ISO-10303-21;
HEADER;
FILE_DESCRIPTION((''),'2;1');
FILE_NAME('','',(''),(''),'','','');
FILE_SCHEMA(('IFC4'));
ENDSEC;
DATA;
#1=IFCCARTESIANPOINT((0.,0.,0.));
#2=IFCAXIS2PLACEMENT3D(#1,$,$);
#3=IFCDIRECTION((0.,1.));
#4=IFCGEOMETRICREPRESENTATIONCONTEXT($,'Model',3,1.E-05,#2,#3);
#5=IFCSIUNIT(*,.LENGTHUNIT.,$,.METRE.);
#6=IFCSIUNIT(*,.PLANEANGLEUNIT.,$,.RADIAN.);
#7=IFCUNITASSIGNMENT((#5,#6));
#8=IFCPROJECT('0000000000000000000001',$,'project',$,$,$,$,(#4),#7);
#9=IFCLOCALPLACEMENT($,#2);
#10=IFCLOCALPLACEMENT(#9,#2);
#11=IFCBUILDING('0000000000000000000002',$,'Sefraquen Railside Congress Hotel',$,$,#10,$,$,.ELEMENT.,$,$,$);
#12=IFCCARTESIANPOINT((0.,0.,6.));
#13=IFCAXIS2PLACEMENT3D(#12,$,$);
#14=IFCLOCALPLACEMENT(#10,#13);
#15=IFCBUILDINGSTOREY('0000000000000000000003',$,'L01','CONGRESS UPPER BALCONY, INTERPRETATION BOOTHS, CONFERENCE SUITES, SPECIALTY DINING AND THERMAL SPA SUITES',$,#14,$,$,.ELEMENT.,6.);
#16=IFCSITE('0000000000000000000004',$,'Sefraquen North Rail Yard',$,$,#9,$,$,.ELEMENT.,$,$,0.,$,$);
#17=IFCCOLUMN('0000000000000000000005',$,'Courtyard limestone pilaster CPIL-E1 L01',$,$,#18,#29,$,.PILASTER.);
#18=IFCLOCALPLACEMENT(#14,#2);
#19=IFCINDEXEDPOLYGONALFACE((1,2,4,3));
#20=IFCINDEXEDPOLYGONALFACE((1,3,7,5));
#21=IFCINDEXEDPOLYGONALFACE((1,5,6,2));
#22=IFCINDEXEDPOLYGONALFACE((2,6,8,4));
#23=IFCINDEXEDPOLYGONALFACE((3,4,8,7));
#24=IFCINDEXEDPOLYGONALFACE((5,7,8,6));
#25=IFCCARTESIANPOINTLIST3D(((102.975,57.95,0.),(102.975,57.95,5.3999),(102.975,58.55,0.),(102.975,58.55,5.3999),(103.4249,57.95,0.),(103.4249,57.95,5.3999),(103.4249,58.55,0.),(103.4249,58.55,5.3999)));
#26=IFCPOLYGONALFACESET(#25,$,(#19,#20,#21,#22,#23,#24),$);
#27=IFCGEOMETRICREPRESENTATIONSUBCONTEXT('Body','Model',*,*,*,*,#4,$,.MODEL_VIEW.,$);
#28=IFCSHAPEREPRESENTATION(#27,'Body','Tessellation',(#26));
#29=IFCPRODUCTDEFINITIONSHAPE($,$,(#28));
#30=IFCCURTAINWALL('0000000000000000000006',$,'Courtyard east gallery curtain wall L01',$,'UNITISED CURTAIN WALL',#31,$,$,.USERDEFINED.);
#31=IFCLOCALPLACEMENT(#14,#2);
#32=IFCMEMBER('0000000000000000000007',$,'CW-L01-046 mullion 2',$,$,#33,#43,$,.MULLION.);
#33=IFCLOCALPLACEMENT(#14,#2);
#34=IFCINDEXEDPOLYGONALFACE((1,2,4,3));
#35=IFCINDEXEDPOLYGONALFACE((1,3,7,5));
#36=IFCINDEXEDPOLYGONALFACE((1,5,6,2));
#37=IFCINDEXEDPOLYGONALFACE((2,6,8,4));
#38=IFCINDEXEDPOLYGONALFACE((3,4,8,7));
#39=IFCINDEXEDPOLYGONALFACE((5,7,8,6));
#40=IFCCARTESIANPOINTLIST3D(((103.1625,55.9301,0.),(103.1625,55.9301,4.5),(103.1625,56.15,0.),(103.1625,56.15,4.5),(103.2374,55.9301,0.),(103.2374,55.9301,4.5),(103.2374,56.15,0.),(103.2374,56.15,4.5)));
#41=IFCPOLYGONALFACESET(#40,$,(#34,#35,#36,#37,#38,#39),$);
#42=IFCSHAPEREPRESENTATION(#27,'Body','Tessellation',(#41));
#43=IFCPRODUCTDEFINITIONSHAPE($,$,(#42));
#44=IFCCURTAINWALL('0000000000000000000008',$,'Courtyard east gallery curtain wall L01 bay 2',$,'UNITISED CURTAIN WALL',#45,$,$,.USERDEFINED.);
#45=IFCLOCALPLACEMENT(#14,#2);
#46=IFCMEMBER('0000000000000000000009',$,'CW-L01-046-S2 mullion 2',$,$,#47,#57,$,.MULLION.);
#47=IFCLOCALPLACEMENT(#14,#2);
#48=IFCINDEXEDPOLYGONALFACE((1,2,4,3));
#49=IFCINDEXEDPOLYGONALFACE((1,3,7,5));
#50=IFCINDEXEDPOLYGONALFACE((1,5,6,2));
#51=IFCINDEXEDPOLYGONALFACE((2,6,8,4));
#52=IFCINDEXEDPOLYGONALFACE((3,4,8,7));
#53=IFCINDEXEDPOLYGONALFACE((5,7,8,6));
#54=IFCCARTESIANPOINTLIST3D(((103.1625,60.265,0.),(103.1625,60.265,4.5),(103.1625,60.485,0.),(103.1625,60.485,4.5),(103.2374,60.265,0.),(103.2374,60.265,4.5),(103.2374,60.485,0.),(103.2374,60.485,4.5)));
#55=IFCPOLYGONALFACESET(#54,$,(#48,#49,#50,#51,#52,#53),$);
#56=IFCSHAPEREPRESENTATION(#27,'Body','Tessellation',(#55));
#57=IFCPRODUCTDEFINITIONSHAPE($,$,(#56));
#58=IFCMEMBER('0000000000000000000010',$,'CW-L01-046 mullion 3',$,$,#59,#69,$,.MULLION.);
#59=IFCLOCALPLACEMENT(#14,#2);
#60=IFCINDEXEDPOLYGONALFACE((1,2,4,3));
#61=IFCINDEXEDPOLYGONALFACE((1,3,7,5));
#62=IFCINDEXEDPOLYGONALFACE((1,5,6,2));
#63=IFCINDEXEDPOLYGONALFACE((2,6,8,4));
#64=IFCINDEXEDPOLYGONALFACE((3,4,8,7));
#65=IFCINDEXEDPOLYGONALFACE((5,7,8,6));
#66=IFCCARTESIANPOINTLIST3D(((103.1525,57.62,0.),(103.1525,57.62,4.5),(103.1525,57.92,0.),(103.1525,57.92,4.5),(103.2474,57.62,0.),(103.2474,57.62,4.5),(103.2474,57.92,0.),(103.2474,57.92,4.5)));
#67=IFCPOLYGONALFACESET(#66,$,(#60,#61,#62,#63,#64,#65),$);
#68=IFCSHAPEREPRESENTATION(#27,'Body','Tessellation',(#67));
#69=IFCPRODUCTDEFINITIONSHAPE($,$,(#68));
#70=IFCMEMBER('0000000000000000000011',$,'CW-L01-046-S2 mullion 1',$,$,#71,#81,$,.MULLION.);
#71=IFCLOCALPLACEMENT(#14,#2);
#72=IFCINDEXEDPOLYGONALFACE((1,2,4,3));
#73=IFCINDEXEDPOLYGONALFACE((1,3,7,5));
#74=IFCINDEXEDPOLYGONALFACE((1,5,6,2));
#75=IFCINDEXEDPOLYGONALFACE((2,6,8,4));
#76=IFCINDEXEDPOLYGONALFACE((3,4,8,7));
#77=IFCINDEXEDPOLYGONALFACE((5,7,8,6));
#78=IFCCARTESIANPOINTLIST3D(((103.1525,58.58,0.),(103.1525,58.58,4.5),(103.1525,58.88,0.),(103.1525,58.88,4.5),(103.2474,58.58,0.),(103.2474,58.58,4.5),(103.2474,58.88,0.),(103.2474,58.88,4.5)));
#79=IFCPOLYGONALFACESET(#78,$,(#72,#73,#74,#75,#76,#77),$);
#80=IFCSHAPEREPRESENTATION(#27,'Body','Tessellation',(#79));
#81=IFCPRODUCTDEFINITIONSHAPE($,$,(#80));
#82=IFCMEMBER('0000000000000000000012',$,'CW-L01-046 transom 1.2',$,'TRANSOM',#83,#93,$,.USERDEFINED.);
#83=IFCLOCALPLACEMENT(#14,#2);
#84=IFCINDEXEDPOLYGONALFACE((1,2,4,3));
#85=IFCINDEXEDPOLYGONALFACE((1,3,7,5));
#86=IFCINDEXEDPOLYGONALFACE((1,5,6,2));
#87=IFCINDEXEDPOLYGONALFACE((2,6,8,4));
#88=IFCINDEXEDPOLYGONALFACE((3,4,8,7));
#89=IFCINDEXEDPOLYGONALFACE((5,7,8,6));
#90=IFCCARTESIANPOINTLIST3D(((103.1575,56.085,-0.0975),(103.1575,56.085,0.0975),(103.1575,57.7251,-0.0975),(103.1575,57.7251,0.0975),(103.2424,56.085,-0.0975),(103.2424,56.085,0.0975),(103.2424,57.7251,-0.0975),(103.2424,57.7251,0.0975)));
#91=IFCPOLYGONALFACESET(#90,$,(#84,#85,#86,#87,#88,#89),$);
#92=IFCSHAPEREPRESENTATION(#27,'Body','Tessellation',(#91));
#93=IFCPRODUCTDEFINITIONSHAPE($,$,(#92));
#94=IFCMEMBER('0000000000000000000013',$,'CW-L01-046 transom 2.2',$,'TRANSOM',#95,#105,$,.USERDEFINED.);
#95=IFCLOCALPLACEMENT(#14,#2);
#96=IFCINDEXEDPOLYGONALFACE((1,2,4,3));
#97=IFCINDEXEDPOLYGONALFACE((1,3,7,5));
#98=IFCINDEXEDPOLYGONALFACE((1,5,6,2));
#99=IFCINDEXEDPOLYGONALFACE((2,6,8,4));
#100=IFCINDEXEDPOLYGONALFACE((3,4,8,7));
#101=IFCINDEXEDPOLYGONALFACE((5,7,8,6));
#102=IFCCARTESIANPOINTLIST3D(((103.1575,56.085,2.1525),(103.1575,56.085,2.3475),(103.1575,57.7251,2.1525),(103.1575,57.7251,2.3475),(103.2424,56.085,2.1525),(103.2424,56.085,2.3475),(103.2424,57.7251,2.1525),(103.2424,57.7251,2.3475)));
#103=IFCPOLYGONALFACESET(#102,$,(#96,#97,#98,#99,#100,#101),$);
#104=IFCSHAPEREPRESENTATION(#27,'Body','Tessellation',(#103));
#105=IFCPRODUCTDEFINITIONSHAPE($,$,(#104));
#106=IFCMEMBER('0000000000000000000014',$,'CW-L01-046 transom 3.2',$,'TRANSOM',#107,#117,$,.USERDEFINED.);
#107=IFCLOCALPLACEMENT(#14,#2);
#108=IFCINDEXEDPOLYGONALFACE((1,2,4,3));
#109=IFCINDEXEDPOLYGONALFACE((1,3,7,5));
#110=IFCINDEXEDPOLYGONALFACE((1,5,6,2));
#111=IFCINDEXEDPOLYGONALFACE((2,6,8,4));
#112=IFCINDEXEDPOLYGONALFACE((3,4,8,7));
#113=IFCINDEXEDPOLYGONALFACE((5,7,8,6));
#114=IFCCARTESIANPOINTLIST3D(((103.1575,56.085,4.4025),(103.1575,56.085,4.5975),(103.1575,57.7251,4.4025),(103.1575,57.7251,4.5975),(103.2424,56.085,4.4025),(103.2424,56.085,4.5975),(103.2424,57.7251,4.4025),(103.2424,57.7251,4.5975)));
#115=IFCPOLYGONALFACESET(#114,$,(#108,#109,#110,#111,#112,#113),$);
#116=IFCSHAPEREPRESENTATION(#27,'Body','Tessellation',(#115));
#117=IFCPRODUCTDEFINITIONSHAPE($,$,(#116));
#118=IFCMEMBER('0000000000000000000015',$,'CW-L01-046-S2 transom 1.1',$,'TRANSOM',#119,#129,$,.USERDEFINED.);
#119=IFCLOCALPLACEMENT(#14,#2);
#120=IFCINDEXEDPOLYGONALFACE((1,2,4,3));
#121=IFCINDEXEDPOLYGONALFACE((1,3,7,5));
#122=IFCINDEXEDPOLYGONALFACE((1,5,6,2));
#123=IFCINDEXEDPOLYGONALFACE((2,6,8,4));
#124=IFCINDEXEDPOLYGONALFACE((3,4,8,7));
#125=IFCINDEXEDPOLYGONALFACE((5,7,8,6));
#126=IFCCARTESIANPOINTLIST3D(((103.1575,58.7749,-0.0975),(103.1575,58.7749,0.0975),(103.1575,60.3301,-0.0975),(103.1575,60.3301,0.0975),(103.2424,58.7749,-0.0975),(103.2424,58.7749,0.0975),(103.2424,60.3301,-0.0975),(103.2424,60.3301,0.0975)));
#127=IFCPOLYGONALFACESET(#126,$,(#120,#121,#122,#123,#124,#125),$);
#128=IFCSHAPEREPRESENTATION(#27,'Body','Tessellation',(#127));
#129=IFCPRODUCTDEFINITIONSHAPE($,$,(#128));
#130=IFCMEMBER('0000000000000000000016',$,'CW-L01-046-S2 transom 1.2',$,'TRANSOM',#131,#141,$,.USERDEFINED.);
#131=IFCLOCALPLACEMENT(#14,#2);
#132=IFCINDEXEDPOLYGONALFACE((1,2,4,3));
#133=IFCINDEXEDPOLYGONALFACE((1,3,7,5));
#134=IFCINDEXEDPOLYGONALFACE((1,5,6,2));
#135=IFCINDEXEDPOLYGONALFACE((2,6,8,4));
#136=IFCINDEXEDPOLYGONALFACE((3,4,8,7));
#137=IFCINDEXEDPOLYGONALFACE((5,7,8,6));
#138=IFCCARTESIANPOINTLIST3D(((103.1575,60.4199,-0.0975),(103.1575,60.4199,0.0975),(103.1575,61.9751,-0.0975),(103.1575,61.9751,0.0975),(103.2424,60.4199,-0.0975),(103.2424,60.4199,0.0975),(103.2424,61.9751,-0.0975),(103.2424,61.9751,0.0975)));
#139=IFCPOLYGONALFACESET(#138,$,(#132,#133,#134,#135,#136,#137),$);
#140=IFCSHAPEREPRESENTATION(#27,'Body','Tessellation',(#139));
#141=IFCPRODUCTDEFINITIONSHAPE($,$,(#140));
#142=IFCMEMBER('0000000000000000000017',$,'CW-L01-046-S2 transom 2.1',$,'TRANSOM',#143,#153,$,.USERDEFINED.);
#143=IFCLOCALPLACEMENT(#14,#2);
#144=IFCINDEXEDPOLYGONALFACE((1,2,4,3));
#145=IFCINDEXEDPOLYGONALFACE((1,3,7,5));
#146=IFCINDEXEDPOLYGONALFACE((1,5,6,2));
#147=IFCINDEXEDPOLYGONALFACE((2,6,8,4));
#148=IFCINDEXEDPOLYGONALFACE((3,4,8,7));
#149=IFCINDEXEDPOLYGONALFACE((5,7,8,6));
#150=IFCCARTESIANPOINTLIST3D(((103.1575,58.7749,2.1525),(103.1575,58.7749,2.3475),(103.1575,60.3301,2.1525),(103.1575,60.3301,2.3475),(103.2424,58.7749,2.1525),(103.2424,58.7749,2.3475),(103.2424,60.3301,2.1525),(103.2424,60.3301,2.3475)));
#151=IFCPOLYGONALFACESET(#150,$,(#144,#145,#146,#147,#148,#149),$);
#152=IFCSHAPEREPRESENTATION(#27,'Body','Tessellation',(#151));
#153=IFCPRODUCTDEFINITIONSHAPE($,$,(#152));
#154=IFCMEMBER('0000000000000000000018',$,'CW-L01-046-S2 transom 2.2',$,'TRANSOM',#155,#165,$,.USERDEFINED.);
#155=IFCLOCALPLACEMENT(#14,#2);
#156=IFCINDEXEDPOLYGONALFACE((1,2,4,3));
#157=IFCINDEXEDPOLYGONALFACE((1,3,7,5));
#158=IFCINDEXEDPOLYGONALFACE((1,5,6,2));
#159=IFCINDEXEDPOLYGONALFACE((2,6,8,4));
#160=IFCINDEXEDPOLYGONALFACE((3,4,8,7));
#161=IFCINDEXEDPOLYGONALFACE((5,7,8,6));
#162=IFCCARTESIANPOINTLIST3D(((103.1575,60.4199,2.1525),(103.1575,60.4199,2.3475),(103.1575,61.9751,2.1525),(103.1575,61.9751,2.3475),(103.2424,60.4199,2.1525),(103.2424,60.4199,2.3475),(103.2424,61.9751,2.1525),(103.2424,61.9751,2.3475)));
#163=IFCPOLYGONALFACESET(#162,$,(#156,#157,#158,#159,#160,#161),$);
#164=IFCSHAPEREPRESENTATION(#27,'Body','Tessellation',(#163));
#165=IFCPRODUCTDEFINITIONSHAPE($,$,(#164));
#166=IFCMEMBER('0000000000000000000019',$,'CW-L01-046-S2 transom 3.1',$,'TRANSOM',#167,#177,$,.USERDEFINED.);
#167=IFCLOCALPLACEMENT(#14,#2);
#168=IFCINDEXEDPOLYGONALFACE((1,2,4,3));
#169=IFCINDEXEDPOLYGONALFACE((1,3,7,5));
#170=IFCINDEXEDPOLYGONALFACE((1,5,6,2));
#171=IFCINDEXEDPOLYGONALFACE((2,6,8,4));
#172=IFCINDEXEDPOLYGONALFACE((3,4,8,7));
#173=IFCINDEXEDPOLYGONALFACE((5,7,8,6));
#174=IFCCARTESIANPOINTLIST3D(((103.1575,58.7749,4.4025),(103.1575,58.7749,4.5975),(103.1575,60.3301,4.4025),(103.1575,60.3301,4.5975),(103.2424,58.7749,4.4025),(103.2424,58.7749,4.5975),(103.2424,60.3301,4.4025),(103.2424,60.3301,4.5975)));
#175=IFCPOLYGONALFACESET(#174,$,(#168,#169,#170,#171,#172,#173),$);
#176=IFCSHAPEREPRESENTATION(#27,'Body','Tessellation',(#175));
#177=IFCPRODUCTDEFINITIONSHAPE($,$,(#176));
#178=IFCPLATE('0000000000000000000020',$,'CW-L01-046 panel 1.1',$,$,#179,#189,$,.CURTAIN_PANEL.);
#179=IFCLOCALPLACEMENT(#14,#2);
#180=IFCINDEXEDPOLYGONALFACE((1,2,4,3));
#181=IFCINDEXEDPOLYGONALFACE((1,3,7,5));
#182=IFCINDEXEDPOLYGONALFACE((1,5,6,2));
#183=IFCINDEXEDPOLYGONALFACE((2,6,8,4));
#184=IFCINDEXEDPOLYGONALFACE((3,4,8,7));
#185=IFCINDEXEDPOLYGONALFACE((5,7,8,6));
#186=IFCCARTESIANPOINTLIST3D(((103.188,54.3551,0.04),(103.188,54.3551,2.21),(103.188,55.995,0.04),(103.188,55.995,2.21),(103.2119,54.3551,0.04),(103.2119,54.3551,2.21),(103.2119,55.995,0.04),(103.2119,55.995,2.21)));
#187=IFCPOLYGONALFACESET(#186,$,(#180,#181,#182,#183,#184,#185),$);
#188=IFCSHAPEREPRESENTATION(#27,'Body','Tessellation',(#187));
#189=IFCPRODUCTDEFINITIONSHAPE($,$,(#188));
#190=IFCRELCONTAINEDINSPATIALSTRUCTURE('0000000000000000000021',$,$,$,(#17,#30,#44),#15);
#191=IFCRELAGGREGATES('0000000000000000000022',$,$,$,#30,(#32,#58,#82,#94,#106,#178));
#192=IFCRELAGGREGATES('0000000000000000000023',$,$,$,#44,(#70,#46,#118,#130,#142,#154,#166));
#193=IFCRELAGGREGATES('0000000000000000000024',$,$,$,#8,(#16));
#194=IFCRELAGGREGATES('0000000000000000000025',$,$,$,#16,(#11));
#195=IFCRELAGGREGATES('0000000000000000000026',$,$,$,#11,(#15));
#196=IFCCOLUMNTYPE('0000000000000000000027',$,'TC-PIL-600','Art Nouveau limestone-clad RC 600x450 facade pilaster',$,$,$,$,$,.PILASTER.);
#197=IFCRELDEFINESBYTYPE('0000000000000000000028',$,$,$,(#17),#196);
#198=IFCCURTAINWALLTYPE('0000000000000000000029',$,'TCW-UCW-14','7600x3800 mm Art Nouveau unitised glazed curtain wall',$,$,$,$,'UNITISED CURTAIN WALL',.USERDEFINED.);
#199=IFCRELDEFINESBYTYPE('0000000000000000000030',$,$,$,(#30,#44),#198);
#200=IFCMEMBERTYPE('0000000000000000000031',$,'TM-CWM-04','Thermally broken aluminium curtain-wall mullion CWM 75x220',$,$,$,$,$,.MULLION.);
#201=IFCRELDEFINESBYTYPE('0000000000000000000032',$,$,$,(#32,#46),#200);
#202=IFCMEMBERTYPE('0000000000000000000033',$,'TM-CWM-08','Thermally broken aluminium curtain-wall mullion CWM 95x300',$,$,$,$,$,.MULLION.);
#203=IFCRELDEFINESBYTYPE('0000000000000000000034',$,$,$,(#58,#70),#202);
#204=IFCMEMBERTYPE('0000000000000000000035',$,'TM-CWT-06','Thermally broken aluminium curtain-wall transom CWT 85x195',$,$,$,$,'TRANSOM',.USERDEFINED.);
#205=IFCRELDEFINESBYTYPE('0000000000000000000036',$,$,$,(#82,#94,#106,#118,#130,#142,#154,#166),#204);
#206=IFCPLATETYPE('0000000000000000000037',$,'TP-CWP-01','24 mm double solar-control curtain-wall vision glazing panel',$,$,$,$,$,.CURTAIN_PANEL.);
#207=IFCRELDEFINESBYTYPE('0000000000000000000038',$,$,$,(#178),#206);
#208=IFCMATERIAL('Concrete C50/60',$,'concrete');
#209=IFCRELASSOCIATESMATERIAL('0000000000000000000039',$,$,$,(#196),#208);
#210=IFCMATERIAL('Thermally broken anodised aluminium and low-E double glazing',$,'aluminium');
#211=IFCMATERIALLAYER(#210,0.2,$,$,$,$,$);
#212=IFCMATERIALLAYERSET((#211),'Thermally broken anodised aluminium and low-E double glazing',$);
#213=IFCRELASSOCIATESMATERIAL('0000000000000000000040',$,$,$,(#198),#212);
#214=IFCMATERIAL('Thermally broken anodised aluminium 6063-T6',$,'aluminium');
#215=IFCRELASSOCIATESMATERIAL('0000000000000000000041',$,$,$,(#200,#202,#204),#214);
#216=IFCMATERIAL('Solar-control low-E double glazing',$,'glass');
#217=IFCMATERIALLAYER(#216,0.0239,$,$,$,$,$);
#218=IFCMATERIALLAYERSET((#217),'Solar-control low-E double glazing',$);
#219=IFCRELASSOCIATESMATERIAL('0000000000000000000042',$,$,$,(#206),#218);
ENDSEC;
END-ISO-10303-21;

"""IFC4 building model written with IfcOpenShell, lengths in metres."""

from ifc_helpers import new_model, si_unit, direction, frame, origin, origin_2d, place, context, subcontext, project, spatial, rectangle, extrude, material, layer, layer_set, material_profile, profile_set, type_object, element, aggregate, save


model = new_model("IFC4")

# Units and contexts
model_context = context("Model", 3, precision=1e-05, world=origin(), true_north=direction((0.0, 1.0)))
body_context = subcontext(model_context, "Body", "Model", "MODEL_VIEW")
ifc_project = project(units=[si_unit("LENGTHUNIT", "METRE"), si_unit("PLANEANGLEUNIT", "RADIAN")], contexts=[model_context])

# Site, building, storey
site_placement = place(None, origin())
site = spatial("IfcSite", under=ifc_project, at=site_placement, Name="Sefraquen North Rail Yard", CompositionType="ELEMENT", RefElevation=0.0)
building_placement = place(site_placement, origin())
building = spatial("IfcBuilding", under=site, at=building_placement, Name="Sefraquen Railside Congress Hotel", CompositionType="ELEMENT")
storey_placement = place(building_placement, frame((0.0, 0.0, 6.0)))
storey = spatial("IfcBuildingStorey", under=building, at=storey_placement, Name="L01", Description="CONGRESS UPPER BALCONY, INTERPRETATION BOOTHS, CONFERENCE SUITES, SPECIALTY DINING AND THERMAL SPA SUITES", CompositionType="ELEMENT", Elevation=6.0)

# Column
ifc_material_1 = material(Name="Concrete C50/60", Category="concrete")
ifc_material_profile_1 = material_profile(ifc_material_1, rectangle(XDim=0.45, YDim=0.6001, at=origin_2d()), Name="RC 600x450")
ifc_profile_set_1 = profile_set([ifc_material_profile_1], Name="Concrete C50/60")
column_type = type_object("IfcColumnType", Name="TC-PIL-600", Description="Art Nouveau limestone-clad RC 600x450 facade pilaster", PredefinedType="PILASTER", material=ifc_profile_set_1)
column_placement = place(storey_placement, frame((103.2, 58.25, 0.0), z_axis=(0.0, 0.0, 1.0), x_axis=(1.0, 0.0, 0.0)))
element("IfcColumn", 1, at=column_placement, inside=storey, type_object=column_type, Name="Courtyard limestone pilaster CPIL-E1 L01", PredefinedType="PILASTER", context=body_context, shape_type="SweptSolid", body=[
    extrude(rectangle(XDim=0.45, YDim=0.6001, at=origin_2d()), origin(), (0.0, 0.0, 1.0), 5.3999),
])

# Curtain walls, members
ifc_material_2 = material(Name="Thermally broken anodised aluminium and low-E double glazing", Category="aluminium")
ifc_layer_1 = layer(ifc_material_2, 0.2)
ifc_layer_set_1 = layer_set([ifc_layer_1], Name="Thermally broken anodised aluminium and low-E double glazing")
curtain_wall_type = type_object("IfcCurtainWallType", Name="TCW-UCW-14", Description="7600x3800 mm Art Nouveau unitised glazed curtain wall", ElementType="UNITISED CURTAIN WALL", PredefinedType="USERDEFINED", material=ifc_layer_set_1)
curtain_wall_1_placement = place(storey_placement, origin())
curtain_wall_1 = element("IfcCurtainWall", 2, at=curtain_wall_1_placement, inside=storey, type_object=curtain_wall_type, Name="Courtyard east gallery curtain wall L01", ObjectType="UNITISED CURTAIN WALL", PredefinedType="USERDEFINED")
ifc_material_3 = material(Name="Thermally broken anodised aluminium 6063-T6", Category="aluminium")
ifc_material_profile_2 = material_profile(ifc_material_3, rectangle(XDim=0.075, YDim=0.22, at=origin_2d()), Name="CWM 75x220")
ifc_profile_set_2 = profile_set([ifc_material_profile_2], Name="Thermally broken anodised aluminium 6063-T6")
member_type_1 = type_object("IfcMemberType", Name="TM-CWM-04", Description="Thermally broken aluminium curtain-wall mullion CWM 75x220", PredefinedType="MULLION", material=ifc_profile_set_2)
member_1_placement = place(storey_placement, frame((103.2, 56.04, 0.0), z_axis=(0.0, 0.0, 1.0), x_axis=(1.0, 0.0, 0.0)))
member_1 = element("IfcMember", 3, at=member_1_placement, type_object=member_type_1, Name="CW-L01-046 mullion 2", PredefinedType="MULLION", context=body_context, shape_type="SweptSolid", body=[
    extrude(rectangle(XDim=0.075, YDim=0.22, at=origin_2d()), origin(), (0.0, 0.0, 1.0), 4.5),
])
curtain_wall_2_placement = place(storey_placement, origin())
curtain_wall_2 = element("IfcCurtainWall", 4, at=curtain_wall_2_placement, inside=storey, type_object=curtain_wall_type, Name="Courtyard east gallery curtain wall L01 bay 2", ObjectType="UNITISED CURTAIN WALL", PredefinedType="USERDEFINED")
member_2_placement = place(storey_placement, frame((103.2, 60.375, 0.0), z_axis=(0.0, 0.0, 1.0), x_axis=(1.0, 0.0, 0.0)))
member_2 = element("IfcMember", 5, at=member_2_placement, type_object=member_type_1, Name="CW-L01-046-S2 mullion 2", PredefinedType="MULLION", context=body_context, shape_type="SweptSolid", body=[
    extrude(rectangle(XDim=0.075, YDim=0.22, at=origin_2d()), origin(), (0.0, 0.0, 1.0), 4.5),
])

# Members
ifc_material_profile_3 = material_profile(ifc_material_3, rectangle(XDim=0.095, YDim=0.3, at=origin_2d()), Name="CWM 95x300")
ifc_profile_set_3 = profile_set([ifc_material_profile_3], Name="Thermally broken anodised aluminium 6063-T6")
member_type_2 = type_object("IfcMemberType", Name="TM-CWM-08", Description="Thermally broken aluminium curtain-wall mullion CWM 95x300", PredefinedType="MULLION", material=ifc_profile_set_3)
member_3_placement = place(storey_placement, frame((103.2, 57.77, 0.0), z_axis=(0.0, 0.0, 1.0), x_axis=(1.0, 0.0, 0.0)))
member_3 = element("IfcMember", 6, at=member_3_placement, type_object=member_type_2, Name="CW-L01-046 mullion 3", PredefinedType="MULLION", context=body_context, shape_type="SweptSolid", body=[
    extrude(rectangle(XDim=0.095, YDim=0.3, at=origin_2d()), origin(), (0.0, 0.0, 1.0), 4.5),
])
member_4_placement = place(storey_placement, frame((103.2, 58.73, 0.0), z_axis=(0.0, 0.0, 1.0), x_axis=(1.0, 0.0, 0.0)))
member_4 = element("IfcMember", 7, at=member_4_placement, type_object=member_type_2, Name="CW-L01-046-S2 mullion 1", PredefinedType="MULLION", context=body_context, shape_type="SweptSolid", body=[
    extrude(rectangle(XDim=0.095, YDim=0.3, at=origin_2d()), origin(), (0.0, 0.0, 1.0), 4.5),
])
ifc_material_profile_4 = material_profile(ifc_material_3, rectangle(XDim=0.085, YDim=0.1951, at=origin_2d()), Name="CWT 85x195")
ifc_profile_set_4 = profile_set([ifc_material_profile_4], Name="Thermally broken anodised aluminium 6063-T6")
member_type_3 = type_object("IfcMemberType", Name="TM-CWT-06", Description="Thermally broken aluminium curtain-wall transom CWT 85x195", ElementType="TRANSOM", PredefinedType="USERDEFINED", material=ifc_profile_set_4)
member_5_placement = place(storey_placement, frame((103.2, 56.085, 0.0), z_axis=(0.0, 1.0, 0.0), x_axis=(-1.0, 0.0, 0.0)))
member_5 = element("IfcMember", 8, at=member_5_placement, type_object=member_type_3, Name="CW-L01-046 transom 1.2", ObjectType="TRANSOM", PredefinedType="USERDEFINED", context=body_context, shape_type="SweptSolid", body=[
    extrude(rectangle(XDim=0.085, YDim=0.1951, at=origin_2d()), origin(), (0.0, 0.0, 1.0), 1.6401),
])
member_6_placement = place(storey_placement, frame((103.2, 56.085, 2.25), z_axis=(0.0, 1.0, 0.0), x_axis=(-1.0, 0.0, 0.0)))
member_6 = element("IfcMember", 9, at=member_6_placement, type_object=member_type_3, Name="CW-L01-046 transom 2.2", ObjectType="TRANSOM", PredefinedType="USERDEFINED", context=body_context, shape_type="SweptSolid", body=[
    extrude(rectangle(XDim=0.085, YDim=0.1951, at=origin_2d()), origin(), (0.0, 0.0, 1.0), 1.6401),
])
member_7_placement = place(storey_placement, frame((103.2, 56.085, 4.5), z_axis=(0.0, 1.0, 0.0), x_axis=(-1.0, 0.0, 0.0)))
member_7 = element("IfcMember", 10, at=member_7_placement, type_object=member_type_3, Name="CW-L01-046 transom 3.2", ObjectType="TRANSOM", PredefinedType="USERDEFINED", context=body_context, shape_type="SweptSolid", body=[
    extrude(rectangle(XDim=0.085, YDim=0.1951, at=origin_2d()), origin(), (0.0, 0.0, 1.0), 1.6401),
])
member_8_placement = place(storey_placement, frame((103.2, 58.7749, 0.0), z_axis=(0.0, 1.0, 0.0), x_axis=(-1.0, 0.0, 0.0)))
member_8 = element("IfcMember", 11, at=member_8_placement, type_object=member_type_3, Name="CW-L01-046-S2 transom 1.1", ObjectType="TRANSOM", PredefinedType="USERDEFINED", context=body_context, shape_type="SweptSolid", body=[
    extrude(rectangle(XDim=0.085, YDim=0.1951, at=origin_2d()), origin(), (0.0, 0.0, 1.0), 1.5552),
])
member_9_placement = place(storey_placement, frame((103.2, 60.4199, 0.0), z_axis=(0.0, 1.0, 0.0), x_axis=(-1.0, 0.0, 0.0)))
member_9 = element("IfcMember", 12, at=member_9_placement, type_object=member_type_3, Name="CW-L01-046-S2 transom 1.2", ObjectType="TRANSOM", PredefinedType="USERDEFINED", context=body_context, shape_type="SweptSolid", body=[
    extrude(rectangle(XDim=0.085, YDim=0.1951, at=origin_2d()), origin(), (0.0, 0.0, 1.0), 1.5552),
])
member_10_placement = place(storey_placement, frame((103.2, 58.7749, 2.25), z_axis=(0.0, 1.0, 0.0), x_axis=(-1.0, 0.0, 0.0)))
member_10 = element("IfcMember", 13, at=member_10_placement, type_object=member_type_3, Name="CW-L01-046-S2 transom 2.1", ObjectType="TRANSOM", PredefinedType="USERDEFINED", context=body_context, shape_type="SweptSolid", body=[
    extrude(rectangle(XDim=0.085, YDim=0.1951, at=origin_2d()), origin(), (0.0, 0.0, 1.0), 1.5552),
])
member_11_placement = place(storey_placement, frame((103.2, 60.4199, 2.25), z_axis=(0.0, 1.0, 0.0), x_axis=(-1.0, 0.0, 0.0)))
member_11 = element("IfcMember", 14, at=member_11_placement, type_object=member_type_3, Name="CW-L01-046-S2 transom 2.2", ObjectType="TRANSOM", PredefinedType="USERDEFINED", context=body_context, shape_type="SweptSolid", body=[
    extrude(rectangle(XDim=0.085, YDim=0.1951, at=origin_2d()), origin(), (0.0, 0.0, 1.0), 1.5552),
])
member_12_placement = place(storey_placement, frame((103.2, 58.7749, 4.5), z_axis=(0.0, 1.0, 0.0), x_axis=(-1.0, 0.0, 0.0)))
member_12 = element("IfcMember", 15, at=member_12_placement, type_object=member_type_3, Name="CW-L01-046-S2 transom 3.1", ObjectType="TRANSOM", PredefinedType="USERDEFINED", context=body_context, shape_type="SweptSolid", body=[
    extrude(rectangle(XDim=0.085, YDim=0.1951, at=origin_2d()), origin(), (0.0, 0.0, 1.0), 1.5552),
])

# Plate
ifc_material_4 = material(Name="Solar-control low-E double glazing", Category="glass")
ifc_layer_2 = layer(ifc_material_4, 0.0239)
ifc_layer_set_2 = layer_set([ifc_layer_2], Name="Solar-control low-E double glazing")
plate_type_1 = type_object("IfcPlateType", Name="TP-CWP-01", Description="24 mm double solar-control curtain-wall vision glazing panel", PredefinedType="CURTAIN_PANEL", material=ifc_layer_set_2)
plate_1_placement = place(storey_placement, frame((103.2, 55.175, 0.04), z_axis=(0.0, 0.0, 1.0), x_axis=(0.0, 1.0, 0.0)))
plate_1 = element("IfcPlate", 16, at=plate_1_placement, type_object=plate_type_1, Name="CW-L01-046 panel 1.1", PredefinedType="CURTAIN_PANEL", context=body_context, shape_type="SweptSolid", body=[
    extrude(rectangle(XDim=1.6399, YDim=0.0239, at=origin_2d()), origin(), (0.0, 0.0, 1.0), 2.1699),
])
aggregate(curtain_wall_1, [member_1, member_3, member_5, member_6, member_7, plate_1])
aggregate(curtain_wall_2, [member_4, member_2, member_8, member_9, member_10, member_11, member_12])

save(model, "model.ifc")
